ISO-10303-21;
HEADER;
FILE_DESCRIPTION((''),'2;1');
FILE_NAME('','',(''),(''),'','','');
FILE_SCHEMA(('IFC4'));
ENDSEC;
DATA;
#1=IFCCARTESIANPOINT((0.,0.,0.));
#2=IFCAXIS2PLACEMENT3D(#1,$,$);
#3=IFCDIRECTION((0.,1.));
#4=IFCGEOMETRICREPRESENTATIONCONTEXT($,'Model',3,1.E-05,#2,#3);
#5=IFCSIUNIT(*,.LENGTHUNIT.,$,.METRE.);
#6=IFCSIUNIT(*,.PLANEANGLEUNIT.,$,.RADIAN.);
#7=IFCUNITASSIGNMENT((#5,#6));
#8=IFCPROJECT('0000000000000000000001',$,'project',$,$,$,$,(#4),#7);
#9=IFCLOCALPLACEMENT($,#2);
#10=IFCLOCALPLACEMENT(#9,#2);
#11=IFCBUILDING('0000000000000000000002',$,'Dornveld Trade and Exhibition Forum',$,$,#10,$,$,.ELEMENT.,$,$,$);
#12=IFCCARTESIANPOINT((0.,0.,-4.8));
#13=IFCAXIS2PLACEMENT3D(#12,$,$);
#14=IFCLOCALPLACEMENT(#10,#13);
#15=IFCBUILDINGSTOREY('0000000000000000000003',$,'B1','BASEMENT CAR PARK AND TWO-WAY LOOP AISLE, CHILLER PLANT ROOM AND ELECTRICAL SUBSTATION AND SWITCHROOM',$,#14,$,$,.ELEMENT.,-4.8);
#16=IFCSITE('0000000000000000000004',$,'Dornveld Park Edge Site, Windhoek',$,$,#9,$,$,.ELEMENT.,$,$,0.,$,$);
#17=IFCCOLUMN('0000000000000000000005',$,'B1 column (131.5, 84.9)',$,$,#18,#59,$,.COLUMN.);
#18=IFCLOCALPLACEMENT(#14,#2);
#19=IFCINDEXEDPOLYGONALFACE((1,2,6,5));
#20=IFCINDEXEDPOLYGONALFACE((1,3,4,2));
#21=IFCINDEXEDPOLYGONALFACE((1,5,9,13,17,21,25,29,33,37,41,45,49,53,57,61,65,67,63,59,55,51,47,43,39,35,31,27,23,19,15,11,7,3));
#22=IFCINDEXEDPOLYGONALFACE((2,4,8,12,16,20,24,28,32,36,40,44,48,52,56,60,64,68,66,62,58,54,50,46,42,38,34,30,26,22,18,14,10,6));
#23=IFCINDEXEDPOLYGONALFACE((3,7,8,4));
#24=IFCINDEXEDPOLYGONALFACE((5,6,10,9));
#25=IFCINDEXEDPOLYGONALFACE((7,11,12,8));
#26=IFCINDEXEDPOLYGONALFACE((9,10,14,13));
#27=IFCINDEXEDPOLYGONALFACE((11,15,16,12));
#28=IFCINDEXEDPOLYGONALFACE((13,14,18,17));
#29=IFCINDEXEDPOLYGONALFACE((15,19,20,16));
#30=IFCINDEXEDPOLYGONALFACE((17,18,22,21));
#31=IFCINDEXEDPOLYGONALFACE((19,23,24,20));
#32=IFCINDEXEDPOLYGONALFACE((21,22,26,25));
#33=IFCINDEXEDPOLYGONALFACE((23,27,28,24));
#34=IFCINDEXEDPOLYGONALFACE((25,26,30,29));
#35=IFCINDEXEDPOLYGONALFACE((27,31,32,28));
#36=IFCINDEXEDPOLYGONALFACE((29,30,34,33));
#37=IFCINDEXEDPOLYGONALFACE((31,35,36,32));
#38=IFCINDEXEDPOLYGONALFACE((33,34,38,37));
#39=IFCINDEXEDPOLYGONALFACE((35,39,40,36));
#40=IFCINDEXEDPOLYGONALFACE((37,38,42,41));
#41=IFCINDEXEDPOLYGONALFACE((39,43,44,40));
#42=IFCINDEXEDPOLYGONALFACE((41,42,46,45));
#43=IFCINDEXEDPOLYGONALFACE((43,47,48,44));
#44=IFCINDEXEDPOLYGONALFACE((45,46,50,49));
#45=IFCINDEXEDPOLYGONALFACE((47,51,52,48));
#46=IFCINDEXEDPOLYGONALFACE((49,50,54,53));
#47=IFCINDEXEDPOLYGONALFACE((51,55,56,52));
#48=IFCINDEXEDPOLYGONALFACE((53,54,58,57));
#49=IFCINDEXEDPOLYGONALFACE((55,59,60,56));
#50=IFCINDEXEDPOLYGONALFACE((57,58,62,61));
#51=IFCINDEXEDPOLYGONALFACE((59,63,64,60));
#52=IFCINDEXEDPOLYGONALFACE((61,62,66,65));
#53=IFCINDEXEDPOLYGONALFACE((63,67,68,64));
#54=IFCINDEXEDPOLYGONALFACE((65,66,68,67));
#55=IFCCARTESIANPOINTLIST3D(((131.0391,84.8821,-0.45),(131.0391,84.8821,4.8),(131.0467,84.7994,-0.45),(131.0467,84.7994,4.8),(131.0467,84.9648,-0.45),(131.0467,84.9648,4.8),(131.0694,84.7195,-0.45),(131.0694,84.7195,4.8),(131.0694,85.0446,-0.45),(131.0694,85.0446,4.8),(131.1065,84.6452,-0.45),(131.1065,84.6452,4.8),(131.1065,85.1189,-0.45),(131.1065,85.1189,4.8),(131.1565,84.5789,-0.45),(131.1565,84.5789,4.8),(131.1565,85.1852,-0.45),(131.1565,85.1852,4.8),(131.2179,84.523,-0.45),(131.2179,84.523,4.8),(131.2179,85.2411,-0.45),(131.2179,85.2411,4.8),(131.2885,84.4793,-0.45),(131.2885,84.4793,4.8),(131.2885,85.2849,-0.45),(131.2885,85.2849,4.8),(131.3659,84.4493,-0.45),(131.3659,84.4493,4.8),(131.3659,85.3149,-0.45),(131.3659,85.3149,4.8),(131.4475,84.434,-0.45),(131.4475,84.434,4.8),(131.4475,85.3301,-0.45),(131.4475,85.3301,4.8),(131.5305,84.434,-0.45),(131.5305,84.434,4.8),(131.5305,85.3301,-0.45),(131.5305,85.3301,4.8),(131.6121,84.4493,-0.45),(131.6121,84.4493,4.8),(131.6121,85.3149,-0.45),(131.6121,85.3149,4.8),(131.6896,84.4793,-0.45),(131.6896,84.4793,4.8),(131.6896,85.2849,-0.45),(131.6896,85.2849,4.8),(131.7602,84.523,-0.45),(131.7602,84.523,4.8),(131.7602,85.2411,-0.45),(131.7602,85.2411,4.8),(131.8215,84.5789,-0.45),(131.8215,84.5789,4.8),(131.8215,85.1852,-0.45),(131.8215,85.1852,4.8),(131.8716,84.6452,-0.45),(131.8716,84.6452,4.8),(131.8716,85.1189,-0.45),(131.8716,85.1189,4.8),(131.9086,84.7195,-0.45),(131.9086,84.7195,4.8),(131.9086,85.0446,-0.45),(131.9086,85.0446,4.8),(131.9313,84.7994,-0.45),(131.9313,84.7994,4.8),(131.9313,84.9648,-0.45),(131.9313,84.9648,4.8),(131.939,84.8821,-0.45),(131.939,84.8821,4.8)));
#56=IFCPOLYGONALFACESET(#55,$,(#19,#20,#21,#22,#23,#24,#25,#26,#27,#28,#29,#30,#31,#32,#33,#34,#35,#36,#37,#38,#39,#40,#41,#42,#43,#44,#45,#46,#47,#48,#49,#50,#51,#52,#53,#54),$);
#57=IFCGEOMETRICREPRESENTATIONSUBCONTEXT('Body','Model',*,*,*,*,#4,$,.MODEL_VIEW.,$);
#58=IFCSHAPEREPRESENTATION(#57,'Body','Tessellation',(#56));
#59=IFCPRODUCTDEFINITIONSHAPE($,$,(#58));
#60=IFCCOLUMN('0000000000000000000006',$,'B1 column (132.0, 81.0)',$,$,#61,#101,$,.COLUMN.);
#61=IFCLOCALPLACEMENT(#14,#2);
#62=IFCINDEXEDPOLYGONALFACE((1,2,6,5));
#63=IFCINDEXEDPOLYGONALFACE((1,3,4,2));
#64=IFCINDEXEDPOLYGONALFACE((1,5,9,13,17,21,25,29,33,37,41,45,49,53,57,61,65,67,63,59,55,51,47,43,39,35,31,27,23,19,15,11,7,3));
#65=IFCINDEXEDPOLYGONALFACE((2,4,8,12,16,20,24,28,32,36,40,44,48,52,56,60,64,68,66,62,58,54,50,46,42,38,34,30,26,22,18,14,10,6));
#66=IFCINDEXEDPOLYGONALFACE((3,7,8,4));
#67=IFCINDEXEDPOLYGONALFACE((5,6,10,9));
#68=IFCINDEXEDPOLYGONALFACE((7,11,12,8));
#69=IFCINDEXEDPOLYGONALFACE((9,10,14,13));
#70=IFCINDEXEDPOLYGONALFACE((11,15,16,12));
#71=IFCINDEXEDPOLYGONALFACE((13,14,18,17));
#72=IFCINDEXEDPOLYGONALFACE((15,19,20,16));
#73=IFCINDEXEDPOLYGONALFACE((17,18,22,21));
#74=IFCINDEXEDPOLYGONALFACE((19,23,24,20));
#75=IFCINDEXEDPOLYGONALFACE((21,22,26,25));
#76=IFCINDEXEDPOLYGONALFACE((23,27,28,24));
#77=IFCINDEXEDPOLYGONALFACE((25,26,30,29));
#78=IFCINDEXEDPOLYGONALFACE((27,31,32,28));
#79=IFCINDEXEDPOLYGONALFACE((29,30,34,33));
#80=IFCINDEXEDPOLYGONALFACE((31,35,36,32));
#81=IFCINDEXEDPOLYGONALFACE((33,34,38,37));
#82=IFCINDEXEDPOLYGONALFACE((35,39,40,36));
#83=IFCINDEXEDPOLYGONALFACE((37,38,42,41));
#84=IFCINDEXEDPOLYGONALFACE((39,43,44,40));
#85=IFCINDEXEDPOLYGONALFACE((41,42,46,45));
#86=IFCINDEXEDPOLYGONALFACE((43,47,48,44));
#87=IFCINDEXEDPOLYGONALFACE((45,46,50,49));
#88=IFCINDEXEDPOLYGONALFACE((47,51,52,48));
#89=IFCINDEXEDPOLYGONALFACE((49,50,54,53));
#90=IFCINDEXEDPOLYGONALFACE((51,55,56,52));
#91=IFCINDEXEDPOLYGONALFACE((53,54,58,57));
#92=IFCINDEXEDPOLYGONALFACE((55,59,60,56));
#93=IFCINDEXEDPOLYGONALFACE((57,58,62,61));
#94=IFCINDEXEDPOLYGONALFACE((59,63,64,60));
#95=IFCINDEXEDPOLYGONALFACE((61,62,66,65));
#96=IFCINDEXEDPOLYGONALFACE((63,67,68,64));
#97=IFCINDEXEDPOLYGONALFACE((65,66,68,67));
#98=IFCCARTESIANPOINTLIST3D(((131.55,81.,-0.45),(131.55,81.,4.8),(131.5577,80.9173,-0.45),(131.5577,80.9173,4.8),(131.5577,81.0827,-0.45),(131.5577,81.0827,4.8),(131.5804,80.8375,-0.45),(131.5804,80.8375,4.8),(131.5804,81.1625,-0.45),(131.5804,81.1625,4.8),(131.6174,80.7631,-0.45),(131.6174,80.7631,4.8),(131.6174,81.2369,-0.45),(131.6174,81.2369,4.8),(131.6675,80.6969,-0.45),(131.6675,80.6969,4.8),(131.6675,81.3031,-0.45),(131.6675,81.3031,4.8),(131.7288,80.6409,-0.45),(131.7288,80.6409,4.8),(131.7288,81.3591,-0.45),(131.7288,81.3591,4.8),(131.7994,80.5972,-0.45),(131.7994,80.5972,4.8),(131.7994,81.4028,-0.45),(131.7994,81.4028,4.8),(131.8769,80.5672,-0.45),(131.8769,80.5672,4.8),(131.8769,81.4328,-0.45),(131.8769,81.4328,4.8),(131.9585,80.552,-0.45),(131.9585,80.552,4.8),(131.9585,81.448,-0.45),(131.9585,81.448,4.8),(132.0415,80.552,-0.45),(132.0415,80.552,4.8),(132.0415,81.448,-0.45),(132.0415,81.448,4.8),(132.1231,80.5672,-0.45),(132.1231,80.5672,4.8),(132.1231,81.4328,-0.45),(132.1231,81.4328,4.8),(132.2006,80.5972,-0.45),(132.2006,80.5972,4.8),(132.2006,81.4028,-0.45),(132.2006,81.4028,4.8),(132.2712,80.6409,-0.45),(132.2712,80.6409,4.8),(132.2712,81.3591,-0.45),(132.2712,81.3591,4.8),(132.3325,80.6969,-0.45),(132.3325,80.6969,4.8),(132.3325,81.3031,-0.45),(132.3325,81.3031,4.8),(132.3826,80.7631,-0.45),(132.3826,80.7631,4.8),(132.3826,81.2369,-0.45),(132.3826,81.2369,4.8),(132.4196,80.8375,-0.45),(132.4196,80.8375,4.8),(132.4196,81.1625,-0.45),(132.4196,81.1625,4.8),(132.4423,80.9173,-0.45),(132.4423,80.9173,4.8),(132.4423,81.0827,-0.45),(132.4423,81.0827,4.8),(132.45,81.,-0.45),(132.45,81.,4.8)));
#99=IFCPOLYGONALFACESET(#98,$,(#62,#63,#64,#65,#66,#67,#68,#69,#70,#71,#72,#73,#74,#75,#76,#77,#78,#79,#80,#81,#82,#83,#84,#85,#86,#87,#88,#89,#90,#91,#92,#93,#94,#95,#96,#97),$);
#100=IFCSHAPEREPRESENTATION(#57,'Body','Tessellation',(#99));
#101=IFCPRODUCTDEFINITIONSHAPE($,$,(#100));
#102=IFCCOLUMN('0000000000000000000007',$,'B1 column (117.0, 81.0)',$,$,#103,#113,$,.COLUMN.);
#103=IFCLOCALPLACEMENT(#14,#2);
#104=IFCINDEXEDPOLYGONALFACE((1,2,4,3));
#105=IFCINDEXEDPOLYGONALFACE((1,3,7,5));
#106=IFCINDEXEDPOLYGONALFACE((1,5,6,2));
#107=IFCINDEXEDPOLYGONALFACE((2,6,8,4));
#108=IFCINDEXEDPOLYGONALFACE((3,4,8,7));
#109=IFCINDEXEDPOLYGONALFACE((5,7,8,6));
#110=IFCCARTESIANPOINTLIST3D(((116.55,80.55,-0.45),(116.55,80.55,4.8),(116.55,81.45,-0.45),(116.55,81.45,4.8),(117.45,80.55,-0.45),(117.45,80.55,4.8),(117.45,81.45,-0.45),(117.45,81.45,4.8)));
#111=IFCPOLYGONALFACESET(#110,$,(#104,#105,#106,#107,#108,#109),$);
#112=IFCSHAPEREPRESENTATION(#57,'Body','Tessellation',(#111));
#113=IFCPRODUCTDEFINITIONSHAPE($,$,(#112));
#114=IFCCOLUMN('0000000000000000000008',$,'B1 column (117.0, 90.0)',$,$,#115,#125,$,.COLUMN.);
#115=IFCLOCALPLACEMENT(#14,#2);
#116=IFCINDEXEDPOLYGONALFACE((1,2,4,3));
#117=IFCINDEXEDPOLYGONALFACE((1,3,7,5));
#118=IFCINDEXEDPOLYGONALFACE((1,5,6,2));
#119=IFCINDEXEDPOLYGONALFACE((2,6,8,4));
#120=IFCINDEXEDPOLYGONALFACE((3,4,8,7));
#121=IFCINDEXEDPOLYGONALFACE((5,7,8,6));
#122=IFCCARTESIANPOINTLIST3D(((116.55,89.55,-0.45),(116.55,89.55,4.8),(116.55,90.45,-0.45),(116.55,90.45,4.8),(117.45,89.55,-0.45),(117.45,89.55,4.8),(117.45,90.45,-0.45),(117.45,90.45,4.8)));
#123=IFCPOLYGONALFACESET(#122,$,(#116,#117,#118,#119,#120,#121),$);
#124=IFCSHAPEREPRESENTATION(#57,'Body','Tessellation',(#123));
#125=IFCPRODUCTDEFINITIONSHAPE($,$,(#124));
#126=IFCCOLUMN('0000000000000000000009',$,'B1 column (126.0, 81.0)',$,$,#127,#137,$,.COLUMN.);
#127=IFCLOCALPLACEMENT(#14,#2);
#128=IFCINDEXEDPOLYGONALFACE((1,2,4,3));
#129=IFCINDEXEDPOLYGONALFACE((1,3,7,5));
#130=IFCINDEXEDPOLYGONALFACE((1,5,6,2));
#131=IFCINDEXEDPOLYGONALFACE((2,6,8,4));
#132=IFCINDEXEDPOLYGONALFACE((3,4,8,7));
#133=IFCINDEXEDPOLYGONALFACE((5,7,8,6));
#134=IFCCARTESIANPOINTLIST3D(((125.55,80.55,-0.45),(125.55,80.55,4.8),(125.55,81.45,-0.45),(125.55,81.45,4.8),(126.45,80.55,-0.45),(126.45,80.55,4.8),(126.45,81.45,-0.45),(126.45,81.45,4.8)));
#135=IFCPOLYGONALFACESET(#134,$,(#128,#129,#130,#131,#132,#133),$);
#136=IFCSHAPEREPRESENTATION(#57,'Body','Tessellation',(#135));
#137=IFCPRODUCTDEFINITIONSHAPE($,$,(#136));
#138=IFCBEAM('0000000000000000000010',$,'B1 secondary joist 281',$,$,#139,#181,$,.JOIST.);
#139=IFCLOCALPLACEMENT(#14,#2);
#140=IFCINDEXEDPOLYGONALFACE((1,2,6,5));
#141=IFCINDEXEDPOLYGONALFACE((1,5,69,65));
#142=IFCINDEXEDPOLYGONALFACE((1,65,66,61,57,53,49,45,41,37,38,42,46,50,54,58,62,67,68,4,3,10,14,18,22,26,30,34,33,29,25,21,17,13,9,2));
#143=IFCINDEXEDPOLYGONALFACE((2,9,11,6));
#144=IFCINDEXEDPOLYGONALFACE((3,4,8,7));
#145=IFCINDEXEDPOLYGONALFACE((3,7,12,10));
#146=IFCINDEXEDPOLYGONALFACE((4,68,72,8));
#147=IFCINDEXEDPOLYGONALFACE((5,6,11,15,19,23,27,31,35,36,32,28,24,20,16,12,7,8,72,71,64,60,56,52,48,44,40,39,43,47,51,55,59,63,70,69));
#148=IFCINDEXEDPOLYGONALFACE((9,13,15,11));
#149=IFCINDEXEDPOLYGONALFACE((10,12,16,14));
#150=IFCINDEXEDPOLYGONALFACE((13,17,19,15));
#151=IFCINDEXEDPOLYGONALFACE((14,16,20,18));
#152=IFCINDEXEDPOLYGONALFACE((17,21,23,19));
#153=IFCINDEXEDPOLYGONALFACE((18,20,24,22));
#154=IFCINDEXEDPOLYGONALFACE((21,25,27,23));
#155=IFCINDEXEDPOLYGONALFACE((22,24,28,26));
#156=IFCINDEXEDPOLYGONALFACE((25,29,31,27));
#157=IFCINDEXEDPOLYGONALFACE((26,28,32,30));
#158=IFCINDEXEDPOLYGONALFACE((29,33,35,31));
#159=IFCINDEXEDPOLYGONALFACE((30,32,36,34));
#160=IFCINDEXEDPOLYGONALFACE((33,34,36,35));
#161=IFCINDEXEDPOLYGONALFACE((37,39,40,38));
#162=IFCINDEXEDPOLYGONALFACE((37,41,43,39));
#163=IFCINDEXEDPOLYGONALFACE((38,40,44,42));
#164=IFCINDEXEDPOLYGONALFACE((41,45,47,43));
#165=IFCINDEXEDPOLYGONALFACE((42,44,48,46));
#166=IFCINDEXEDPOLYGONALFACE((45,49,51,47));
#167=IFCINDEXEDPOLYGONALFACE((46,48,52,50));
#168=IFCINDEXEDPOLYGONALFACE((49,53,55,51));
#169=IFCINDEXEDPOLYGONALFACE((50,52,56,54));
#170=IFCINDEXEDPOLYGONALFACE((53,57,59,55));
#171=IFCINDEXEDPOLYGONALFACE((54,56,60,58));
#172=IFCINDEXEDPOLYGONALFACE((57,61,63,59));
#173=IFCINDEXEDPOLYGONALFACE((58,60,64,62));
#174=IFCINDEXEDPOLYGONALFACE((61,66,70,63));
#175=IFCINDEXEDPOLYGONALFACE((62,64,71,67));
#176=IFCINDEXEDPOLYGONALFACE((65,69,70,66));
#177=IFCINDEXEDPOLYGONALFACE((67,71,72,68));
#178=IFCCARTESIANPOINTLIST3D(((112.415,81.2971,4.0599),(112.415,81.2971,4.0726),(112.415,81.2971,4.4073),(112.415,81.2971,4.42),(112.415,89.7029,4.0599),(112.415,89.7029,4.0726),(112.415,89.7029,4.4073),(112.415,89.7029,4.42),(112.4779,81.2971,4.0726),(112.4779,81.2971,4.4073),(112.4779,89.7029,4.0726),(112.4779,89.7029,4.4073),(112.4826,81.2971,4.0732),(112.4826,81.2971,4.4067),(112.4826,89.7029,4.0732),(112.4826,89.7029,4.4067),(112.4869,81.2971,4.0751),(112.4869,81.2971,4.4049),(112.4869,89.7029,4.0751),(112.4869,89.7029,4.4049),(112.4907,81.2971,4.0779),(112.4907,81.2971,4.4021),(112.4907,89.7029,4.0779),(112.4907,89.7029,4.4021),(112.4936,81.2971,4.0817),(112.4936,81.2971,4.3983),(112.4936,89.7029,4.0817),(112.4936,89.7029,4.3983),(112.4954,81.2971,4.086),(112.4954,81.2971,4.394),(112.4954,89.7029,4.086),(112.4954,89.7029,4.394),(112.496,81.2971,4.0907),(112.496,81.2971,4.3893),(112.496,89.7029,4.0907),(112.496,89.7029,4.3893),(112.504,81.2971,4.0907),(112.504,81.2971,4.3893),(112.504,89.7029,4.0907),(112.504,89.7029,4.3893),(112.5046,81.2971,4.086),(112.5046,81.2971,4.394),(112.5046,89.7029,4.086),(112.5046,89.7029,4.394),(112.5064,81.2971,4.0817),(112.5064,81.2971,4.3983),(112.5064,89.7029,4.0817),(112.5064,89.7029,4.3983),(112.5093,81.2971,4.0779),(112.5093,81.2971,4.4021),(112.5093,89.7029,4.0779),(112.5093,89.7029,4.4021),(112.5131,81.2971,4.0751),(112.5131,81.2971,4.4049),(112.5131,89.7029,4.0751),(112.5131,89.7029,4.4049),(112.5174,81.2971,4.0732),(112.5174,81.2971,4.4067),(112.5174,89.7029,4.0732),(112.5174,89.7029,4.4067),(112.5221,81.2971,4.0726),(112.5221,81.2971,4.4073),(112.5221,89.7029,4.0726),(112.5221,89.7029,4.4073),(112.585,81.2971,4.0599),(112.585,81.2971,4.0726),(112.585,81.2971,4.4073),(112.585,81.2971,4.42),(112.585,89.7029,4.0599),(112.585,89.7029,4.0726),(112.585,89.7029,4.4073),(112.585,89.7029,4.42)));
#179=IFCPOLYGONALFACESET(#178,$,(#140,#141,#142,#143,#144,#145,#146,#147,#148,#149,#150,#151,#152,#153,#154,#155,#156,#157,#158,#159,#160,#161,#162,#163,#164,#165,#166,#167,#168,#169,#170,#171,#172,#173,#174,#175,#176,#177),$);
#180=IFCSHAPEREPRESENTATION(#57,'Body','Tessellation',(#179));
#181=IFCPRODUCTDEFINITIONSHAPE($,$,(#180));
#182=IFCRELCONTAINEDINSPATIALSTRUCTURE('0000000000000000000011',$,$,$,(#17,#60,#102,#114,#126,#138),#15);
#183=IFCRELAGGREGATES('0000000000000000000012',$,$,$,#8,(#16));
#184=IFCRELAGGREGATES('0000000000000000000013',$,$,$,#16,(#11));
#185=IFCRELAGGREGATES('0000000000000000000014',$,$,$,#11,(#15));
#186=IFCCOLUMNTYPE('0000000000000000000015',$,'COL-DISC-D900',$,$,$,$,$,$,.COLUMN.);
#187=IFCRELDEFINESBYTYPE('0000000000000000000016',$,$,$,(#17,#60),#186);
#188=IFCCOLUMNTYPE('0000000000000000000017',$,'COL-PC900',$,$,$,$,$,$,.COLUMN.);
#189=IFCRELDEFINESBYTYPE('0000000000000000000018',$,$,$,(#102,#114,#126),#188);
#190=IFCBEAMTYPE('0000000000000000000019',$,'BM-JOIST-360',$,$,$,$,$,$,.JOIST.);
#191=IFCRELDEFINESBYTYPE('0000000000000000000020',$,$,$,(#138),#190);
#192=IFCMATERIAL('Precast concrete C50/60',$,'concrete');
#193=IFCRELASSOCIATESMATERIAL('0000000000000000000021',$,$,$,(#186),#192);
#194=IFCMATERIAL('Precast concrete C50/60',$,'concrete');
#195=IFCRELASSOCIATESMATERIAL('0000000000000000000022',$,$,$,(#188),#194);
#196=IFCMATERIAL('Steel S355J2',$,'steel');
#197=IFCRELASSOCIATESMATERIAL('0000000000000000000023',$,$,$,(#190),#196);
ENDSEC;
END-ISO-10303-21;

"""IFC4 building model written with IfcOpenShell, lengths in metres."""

from ifc_helpers import new_model, si_unit, direction, frame, origin, origin_2d, place, context, subcontext, project, spatial, rectangle, circle, i_section, extrude, material, material_profile, profile_set, type_object, element, save


model = new_model("IFC4")

# Units and contexts
model_context = context("Model", 3, precision=1e-05, world=origin(), true_north=direction((0.0, 1.0)))
body_context = subcontext(model_context, "Body", "Model", "MODEL_VIEW")
ifc_project = project(units=[si_unit("LENGTHUNIT", "METRE"), si_unit("PLANEANGLEUNIT", "RADIAN")], contexts=[model_context])

# Site, building, storey
site_placement = place(None, origin())
site = spatial("IfcSite", under=ifc_project, at=site_placement, Name="Dornveld Park Edge Site, Windhoek", CompositionType="ELEMENT", RefElevation=0.0)
building_placement = place(site_placement, origin())
building = spatial("IfcBuilding", under=site, at=building_placement, Name="Dornveld Trade and Exhibition Forum", CompositionType="ELEMENT")
storey_placement = place(building_placement, frame((0.0, 0.0, -4.8)))
storey = spatial("IfcBuildingStorey", under=building, at=storey_placement, Name="B1", Description="BASEMENT CAR PARK AND TWO-WAY LOOP AISLE, CHILLER PLANT ROOM AND ELECTRICAL SUBSTATION AND SWITCHROOM", CompositionType="ELEMENT", Elevation=-4.8)

# Columns
ifc_material_1 = material(Name="Precast concrete C50/60", Category="concrete")
ifc_material_profile_1 = material_profile(ifc_material_1, circle(Radius=0.45, at=origin_2d()), Name="PC-COL D900")
ifc_profile_set_1 = profile_set([ifc_material_profile_1], Name="Precast concrete C50/60")
column_type_1 = type_object("IfcColumnType", Name="COL-DISC-D900", PredefinedType="COLUMN", material=ifc_profile_set_1)
for number, where, z_axis, x_axis, name in (
    (1, (131.489, 84.8821, -0.45), (0.0, 0.0, 1.0), (1.0, 0.0, 0.0), "B1 column (131.5, 84.9)"),
    (2, (132.0, 81.0, -0.45), (0.0, 0.0, 1.0), (1.0, 0.0, 0.0), "B1 column (132.0, 81.0)"),
):
    element("IfcColumn", number, at=place(storey_placement, frame(where, z_axis=z_axis, x_axis=x_axis)), inside=storey, type_object=column_type_1, Name=name, PredefinedType="COLUMN", context=body_context, shape_type="SweptSolid", body=[
        extrude(circle(Radius=0.45, at=origin_2d()), origin(), (0.0, 0.0, 1.0), 5.25),
    ])
ifc_material_2 = material(Name="Precast concrete C50/60", Category="concrete")
ifc_material_profile_2 = material_profile(ifc_material_2, rectangle(XDim=0.8999, YDim=0.8999, at=origin_2d()), Name="PC-COL 900x900")
ifc_profile_set_2 = profile_set([ifc_material_profile_2], Name="Precast concrete C50/60")
column_type_2 = type_object("IfcColumnType", Name="COL-PC900", PredefinedType="COLUMN", material=ifc_profile_set_2)
for number, where, z_axis, x_axis, name in (
    (3, (117.0, 81.0, -0.45), (0.0, 0.0, 1.0), (1.0, 0.0, 0.0), "B1 column (117.0, 81.0)"),
    (4, (117.0, 90.0, -0.45), (0.0, 0.0, 1.0), (1.0, 0.0, 0.0), "B1 column (117.0, 90.0)"),
    (5, (126.0, 81.0, -0.45), (0.0, 0.0, 1.0), (1.0, 0.0, 0.0), "B1 column (126.0, 81.0)"),
):
    element("IfcColumn", number, at=place(storey_placement, frame(where, z_axis=z_axis, x_axis=x_axis)), inside=storey, type_object=column_type_2, Name=name, PredefinedType="COLUMN", context=body_context, shape_type="SweptSolid", body=[
        extrude(rectangle(XDim=0.8999, YDim=0.8999, at=origin_2d()), origin(), (0.0, 0.0, 1.0), 5.25),
    ])

# Beam
ifc_material_3 = material(Name="Steel S355J2", Category="steel")
ifc_material_profile_3 = material_profile(ifc_material_3, i_section(OverallWidth=0.1699, OverallDepth=0.3601, WebThickness=0.0081, FlangeThickness=0.0127, FilletRadius=0.0181, at=origin_2d()), Name="IPE 360")
ifc_profile_set_3 = profile_set([ifc_material_profile_3], Name="Steel S355J2")
beam_type_1 = type_object("IfcBeamType", Name="BM-JOIST-360", PredefinedType="JOIST", material=ifc_profile_set_3)
for number, where, z_axis, x_axis, name in (
    (6, (112.5, 81.2971, 4.24), (0.0, 1.0, 0.0), (-1.0, 0.0, 0.0), "B1 secondary joist 281"),
):
    element("IfcBeam", number, at=place(storey_placement, frame(where, z_axis=z_axis, x_axis=x_axis)), inside=storey, type_object=beam_type_1, Name=name, PredefinedType="JOIST", context=body_context, shape_type="SweptSolid", body=[
        extrude(i_section(OverallWidth=0.1699, OverallDepth=0.3601, WebThickness=0.0081, FlangeThickness=0.0127, FilletRadius=0.0181, at=origin_2d()), origin(), (0.0, 0.0, 1.0), 8.4058),
    ])

save(model, "model.ifc")
